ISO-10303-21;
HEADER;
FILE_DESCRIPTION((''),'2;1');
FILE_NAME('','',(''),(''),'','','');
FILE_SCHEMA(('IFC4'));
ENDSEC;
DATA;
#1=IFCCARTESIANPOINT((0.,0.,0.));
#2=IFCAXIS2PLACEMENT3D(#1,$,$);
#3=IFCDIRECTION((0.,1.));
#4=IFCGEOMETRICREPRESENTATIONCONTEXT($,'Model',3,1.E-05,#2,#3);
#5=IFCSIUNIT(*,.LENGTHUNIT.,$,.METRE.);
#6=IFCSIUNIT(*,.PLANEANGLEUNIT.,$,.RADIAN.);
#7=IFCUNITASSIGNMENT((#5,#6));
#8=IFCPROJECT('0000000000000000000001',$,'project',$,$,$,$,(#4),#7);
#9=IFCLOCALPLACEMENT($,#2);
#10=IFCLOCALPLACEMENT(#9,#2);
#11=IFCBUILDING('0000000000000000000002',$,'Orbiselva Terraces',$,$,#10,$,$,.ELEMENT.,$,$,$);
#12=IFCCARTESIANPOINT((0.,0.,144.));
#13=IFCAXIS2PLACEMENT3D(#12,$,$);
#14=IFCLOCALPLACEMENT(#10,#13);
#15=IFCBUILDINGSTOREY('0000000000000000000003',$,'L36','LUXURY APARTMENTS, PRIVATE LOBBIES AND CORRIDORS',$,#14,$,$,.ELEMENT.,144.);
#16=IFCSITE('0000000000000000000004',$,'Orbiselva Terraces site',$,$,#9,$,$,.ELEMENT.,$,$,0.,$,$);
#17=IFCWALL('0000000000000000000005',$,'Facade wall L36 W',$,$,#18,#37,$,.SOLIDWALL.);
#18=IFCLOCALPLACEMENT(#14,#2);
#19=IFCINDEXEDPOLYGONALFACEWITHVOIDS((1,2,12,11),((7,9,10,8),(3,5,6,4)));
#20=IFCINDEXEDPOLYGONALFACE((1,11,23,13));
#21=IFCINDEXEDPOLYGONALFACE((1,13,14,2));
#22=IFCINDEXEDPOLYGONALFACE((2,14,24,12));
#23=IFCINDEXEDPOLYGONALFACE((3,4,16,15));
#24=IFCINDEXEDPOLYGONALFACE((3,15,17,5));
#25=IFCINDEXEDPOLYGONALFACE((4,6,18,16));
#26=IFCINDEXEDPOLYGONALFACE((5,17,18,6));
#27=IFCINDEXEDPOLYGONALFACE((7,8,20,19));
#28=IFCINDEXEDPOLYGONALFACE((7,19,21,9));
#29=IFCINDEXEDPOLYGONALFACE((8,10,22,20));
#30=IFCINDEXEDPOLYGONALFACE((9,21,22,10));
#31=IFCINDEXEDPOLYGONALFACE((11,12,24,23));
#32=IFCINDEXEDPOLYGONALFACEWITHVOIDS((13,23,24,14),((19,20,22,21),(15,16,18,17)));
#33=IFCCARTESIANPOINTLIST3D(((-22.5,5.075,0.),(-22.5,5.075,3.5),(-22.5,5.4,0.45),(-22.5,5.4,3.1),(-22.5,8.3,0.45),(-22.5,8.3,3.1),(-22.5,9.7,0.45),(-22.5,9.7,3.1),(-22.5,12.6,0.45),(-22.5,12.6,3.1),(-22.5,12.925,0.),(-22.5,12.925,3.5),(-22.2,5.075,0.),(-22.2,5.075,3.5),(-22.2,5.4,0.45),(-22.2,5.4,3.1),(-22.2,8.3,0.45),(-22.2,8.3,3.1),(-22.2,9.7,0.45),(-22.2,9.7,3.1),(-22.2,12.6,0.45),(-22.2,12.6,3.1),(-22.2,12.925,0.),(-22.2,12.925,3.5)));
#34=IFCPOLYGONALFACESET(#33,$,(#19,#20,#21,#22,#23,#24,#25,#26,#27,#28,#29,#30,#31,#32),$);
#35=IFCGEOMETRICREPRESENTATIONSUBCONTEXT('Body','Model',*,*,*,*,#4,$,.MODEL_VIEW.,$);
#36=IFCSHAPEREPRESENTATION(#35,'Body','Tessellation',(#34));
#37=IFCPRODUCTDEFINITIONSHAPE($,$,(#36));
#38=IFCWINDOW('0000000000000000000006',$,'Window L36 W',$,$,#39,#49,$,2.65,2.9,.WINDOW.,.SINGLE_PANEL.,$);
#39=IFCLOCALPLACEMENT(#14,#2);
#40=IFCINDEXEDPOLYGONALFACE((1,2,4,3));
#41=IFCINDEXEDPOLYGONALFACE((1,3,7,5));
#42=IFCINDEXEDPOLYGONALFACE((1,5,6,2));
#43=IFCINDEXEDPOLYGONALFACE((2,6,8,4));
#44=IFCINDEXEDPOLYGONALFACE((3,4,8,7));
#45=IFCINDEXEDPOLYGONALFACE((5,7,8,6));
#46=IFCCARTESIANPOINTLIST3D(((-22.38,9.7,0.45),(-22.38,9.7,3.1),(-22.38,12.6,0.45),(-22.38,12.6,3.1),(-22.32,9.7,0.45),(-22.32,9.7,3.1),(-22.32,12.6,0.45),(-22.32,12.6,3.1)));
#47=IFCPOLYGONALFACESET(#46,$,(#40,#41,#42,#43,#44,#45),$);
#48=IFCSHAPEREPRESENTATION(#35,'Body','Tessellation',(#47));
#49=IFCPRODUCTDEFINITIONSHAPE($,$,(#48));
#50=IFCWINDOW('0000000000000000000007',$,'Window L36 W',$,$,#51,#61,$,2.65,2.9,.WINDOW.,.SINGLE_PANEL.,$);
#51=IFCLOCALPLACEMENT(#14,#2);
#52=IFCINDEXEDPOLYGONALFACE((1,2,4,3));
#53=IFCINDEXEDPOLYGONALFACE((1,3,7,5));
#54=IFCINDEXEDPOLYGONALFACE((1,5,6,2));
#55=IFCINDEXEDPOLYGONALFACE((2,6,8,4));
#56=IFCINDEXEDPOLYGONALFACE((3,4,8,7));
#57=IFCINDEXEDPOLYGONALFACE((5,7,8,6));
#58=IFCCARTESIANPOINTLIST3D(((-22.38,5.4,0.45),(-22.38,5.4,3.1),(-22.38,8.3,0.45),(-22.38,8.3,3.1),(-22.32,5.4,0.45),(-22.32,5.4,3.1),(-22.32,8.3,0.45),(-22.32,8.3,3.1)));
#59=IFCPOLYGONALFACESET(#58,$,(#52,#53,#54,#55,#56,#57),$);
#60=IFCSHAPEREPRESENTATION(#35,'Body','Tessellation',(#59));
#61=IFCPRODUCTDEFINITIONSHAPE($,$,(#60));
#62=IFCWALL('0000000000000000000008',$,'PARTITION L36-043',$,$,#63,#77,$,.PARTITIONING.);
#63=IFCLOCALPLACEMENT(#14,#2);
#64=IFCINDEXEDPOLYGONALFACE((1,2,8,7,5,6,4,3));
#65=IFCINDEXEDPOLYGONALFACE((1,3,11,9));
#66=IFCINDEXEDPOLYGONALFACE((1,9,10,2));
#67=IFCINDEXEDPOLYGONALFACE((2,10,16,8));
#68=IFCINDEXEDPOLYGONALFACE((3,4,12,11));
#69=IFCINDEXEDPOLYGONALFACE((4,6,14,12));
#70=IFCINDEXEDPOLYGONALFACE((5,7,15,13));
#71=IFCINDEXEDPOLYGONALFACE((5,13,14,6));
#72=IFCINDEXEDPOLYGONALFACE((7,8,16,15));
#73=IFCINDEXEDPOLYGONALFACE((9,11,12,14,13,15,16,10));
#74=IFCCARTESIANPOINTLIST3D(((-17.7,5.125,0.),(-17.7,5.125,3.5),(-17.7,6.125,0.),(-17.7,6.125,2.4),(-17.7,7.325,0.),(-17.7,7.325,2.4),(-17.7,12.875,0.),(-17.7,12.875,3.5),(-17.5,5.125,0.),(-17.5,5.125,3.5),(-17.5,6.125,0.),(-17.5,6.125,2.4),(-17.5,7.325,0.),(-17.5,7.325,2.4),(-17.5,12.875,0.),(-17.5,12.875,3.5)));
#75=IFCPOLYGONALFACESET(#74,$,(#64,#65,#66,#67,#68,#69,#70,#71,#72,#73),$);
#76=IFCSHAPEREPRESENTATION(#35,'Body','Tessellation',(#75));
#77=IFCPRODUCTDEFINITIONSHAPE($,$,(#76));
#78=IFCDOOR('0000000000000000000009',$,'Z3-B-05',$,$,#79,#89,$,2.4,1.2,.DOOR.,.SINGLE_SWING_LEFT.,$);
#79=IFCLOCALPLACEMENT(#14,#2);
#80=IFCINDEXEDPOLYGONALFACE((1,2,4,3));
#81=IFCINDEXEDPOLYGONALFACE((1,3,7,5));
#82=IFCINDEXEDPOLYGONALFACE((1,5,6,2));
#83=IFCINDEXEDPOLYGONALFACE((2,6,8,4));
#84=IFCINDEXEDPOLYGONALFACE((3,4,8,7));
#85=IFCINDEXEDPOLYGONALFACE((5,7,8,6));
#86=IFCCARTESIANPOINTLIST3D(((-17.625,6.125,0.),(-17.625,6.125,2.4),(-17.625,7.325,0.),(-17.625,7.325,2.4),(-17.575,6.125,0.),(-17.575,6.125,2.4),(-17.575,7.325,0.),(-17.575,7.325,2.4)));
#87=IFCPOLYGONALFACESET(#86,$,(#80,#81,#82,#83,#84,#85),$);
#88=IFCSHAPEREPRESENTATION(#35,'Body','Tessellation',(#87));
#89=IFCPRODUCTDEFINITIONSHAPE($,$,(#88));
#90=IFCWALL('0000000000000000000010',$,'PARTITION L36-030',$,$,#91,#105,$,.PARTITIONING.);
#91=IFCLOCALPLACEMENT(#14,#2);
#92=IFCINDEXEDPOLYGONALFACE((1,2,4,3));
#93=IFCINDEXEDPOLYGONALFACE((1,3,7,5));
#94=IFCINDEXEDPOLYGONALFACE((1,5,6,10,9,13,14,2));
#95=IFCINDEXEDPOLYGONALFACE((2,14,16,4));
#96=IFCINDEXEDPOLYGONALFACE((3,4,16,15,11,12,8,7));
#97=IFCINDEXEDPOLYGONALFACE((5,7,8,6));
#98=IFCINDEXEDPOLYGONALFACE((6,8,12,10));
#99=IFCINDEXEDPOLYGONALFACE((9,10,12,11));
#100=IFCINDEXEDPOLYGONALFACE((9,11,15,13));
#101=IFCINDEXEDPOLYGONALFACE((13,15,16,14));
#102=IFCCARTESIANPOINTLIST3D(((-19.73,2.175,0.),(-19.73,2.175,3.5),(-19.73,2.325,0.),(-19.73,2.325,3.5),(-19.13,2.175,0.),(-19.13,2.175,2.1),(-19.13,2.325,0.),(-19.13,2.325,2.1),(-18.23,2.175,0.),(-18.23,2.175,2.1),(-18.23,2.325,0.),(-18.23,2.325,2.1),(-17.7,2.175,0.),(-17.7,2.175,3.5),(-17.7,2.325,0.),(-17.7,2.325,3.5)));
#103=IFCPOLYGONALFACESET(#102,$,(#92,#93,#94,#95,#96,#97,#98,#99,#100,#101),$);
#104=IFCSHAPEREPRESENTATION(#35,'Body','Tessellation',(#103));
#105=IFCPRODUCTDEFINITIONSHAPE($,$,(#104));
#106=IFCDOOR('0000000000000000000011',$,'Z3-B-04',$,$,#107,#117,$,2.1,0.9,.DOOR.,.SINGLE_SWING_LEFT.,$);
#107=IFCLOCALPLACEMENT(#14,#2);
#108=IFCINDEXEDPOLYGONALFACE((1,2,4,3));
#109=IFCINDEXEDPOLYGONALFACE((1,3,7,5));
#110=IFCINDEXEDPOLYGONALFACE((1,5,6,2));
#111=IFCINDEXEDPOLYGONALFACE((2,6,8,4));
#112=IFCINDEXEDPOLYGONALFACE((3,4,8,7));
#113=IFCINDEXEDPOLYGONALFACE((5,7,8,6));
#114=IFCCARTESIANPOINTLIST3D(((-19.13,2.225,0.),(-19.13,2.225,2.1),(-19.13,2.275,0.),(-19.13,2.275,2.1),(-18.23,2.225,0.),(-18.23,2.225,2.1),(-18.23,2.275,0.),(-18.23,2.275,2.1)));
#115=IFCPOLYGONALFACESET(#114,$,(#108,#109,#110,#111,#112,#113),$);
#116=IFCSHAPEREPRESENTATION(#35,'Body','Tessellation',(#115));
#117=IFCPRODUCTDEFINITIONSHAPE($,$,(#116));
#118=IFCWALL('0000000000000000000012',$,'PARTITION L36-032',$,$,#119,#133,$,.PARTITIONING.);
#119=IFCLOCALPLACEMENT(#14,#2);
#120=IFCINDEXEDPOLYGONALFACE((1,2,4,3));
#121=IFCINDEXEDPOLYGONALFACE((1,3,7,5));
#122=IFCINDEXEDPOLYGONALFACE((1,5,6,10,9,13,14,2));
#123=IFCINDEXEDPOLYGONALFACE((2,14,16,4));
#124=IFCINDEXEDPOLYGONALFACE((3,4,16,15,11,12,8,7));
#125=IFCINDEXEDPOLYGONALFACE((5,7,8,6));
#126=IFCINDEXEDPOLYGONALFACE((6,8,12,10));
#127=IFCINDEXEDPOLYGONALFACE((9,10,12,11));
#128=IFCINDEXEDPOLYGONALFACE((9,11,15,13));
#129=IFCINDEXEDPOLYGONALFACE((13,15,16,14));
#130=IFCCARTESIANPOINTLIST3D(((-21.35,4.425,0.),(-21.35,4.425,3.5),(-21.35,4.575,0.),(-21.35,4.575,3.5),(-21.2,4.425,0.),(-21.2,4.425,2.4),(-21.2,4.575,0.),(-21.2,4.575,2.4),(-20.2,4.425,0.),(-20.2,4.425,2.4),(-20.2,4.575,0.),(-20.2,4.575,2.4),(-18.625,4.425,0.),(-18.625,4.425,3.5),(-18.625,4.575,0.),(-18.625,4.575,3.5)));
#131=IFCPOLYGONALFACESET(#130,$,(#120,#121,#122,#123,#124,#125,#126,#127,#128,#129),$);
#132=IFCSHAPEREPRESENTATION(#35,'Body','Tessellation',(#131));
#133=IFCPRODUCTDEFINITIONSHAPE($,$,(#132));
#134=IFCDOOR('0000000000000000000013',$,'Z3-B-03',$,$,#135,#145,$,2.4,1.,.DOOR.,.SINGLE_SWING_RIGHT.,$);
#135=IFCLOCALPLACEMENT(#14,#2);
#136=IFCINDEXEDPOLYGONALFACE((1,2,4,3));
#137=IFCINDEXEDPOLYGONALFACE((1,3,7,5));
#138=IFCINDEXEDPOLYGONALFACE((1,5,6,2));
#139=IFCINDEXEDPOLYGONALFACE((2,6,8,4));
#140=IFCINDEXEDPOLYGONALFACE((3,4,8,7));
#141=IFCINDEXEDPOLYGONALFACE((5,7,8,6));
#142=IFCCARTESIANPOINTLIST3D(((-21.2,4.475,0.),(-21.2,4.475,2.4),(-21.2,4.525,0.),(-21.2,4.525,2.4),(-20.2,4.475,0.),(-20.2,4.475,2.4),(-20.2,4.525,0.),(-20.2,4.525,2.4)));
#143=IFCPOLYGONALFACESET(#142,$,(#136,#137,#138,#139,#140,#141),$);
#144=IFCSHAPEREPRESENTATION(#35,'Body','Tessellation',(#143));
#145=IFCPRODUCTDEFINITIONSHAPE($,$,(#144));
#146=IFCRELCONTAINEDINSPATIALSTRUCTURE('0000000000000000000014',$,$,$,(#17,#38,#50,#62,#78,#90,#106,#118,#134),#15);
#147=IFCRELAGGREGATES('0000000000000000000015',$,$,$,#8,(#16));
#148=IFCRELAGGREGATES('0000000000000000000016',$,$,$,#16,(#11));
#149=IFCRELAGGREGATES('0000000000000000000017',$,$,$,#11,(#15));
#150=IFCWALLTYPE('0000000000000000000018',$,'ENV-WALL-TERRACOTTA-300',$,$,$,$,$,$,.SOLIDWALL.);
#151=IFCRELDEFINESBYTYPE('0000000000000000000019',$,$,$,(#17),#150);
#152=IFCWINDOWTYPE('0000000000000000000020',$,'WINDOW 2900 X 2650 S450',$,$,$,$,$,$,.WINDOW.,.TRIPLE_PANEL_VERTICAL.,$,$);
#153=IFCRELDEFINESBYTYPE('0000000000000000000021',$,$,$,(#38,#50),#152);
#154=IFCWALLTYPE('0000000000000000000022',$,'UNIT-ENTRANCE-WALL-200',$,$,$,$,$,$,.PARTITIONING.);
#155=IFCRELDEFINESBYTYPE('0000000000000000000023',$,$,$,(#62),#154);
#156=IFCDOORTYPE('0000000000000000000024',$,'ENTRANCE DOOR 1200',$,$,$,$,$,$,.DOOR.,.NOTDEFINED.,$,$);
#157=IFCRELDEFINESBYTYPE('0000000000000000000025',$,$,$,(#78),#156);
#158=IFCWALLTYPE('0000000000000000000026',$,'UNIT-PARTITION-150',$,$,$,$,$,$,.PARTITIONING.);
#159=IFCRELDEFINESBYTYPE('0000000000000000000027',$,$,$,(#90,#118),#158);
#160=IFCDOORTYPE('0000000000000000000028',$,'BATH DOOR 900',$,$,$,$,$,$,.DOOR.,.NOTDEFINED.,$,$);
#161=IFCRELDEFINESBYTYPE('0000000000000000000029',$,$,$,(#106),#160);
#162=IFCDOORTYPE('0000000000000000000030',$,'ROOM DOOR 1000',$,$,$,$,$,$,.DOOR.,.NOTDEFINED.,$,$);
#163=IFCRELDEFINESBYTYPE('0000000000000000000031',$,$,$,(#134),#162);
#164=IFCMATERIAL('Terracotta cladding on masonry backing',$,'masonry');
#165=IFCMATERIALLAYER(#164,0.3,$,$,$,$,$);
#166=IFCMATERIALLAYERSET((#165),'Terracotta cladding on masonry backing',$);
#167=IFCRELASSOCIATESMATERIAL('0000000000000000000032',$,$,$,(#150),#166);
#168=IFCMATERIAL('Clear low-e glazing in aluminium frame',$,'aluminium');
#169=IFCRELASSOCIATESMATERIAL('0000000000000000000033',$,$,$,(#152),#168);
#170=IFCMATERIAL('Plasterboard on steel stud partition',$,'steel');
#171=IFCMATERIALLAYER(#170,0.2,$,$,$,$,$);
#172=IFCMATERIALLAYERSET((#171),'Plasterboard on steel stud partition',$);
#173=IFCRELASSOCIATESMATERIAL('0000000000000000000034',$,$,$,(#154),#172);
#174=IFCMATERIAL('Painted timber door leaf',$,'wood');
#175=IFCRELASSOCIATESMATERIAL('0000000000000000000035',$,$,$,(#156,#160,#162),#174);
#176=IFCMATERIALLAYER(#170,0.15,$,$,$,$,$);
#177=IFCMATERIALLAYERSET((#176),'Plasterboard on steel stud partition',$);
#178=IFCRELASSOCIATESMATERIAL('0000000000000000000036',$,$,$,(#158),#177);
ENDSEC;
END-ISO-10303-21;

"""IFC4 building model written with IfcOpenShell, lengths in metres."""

from ifc_helpers import new_model, si_unit, direction, frame, frame_2d, origin, place, context, subcontext, project, spatial, rectangle, extrude, material, layer, layer_set, type_object, element, fill, save


model = new_model("IFC4")

# Units and contexts
model_context = context("Model", 3, precision=1e-05, world=origin(), true_north=direction((0.0, 1.0)))
body_context = subcontext(model_context, "Body", "Model", "MODEL_VIEW")
ifc_project = project(units=[si_unit("LENGTHUNIT", "METRE"), si_unit("PLANEANGLEUNIT", "RADIAN")], contexts=[model_context])

# Site, building, storey
site_placement = place(None, origin())
site = spatial("IfcSite", under=ifc_project, at=site_placement, Name="Orbiselva Terraces site", CompositionType="ELEMENT", RefElevation=0.0)
building_placement = place(site_placement, origin())
building = spatial("IfcBuilding", under=site, at=building_placement, Name="Orbiselva Terraces", CompositionType="ELEMENT")
storey_placement = place(building_placement, frame((0.0, 0.0, 144.0)))
storey = spatial("IfcBuildingStorey", under=building, at=storey_placement, Name="L36", Description="LUXURY APARTMENTS, PRIVATE LOBBIES AND CORRIDORS", CompositionType="ELEMENT", Elevation=144.0)

# Wall, openings, windows
ifc_material_1 = material(Name="Terracotta cladding on masonry backing", Category="masonry")
ifc_layer_1 = layer(ifc_material_1, 0.3)
ifc_layer_set_1 = layer_set([ifc_layer_1], Name="Terracotta cladding on masonry backing")
wall_type_1 = type_object("IfcWallType", Name="ENV-WALL-TERRACOTTA-300", PredefinedType="SOLIDWALL", material=ifc_layer_set_1)
wall_1_placement = place(storey_placement, frame((-22.35, 5.075, 0.0), z_axis=(0.0, 0.0, 1.0), x_axis=(0.0, 1.0, 0.0)))
wall_1 = element("IfcWall", 1, at=wall_1_placement, inside=storey, type_object=wall_type_1, Name="Facade wall L36 W", PredefinedType="SOLIDWALL", context=body_context, shape_type="SweptSolid", body=[
    extrude(rectangle(XDim=7.85, YDim=0.3, at=frame_2d((3.925, 0.0))), origin(), (0.0, 0.0, 1.0), 3.5),
])
opening_1_placement = place(wall_1_placement, frame((4.625, 0.0, 0.45)))
opening_1 = element("IfcOpeningElement", 2, at=opening_1_placement, cuts=wall_1, PredefinedType="OPENING", context=body_context, shape_type="SweptSolid", body=[
    extrude(rectangle(XDim=2.9, YDim=2.65, at=frame_2d((1.45, 1.325))), frame((0.0, 0.16, 0.0), z_axis=(0.0, -1.0, 0.0), x_axis=(1.0, 0.0, 0.0)), (0.0, 0.0, 1.0), 0.32),
])
opening_2_placement = place(wall_1_placement, frame((0.325, 0.0, 0.45)))
opening_2 = element("IfcOpeningElement", 3, at=opening_2_placement, cuts=wall_1, PredefinedType="OPENING", context=body_context, shape_type="SweptSolid", body=[
    extrude(rectangle(XDim=2.9, YDim=2.65, at=frame_2d((1.45, 1.325))), frame((0.0, 0.16, 0.0), z_axis=(0.0, -1.0, 0.0), x_axis=(1.0, 0.0, 0.0)), (0.0, 0.0, 1.0), 0.32),
])
ifc_material_2 = material(Name="Clear low-e glazing in aluminium frame", Category="aluminium")
window_type = type_object("IfcWindowType", Name="WINDOW 2900 X 2650 S450", PartitioningType="TRIPLE_PANEL_VERTICAL", PredefinedType="WINDOW", material=ifc_material_2)
window_1_placement = place(opening_1_placement, origin())
window_1 = element("IfcWindow", 4, at=window_1_placement, inside=storey, type_object=window_type, Name="Window L36 W", OverallHeight=2.65, OverallWidth=2.9, PartitioningType="SINGLE_PANEL", PredefinedType="WINDOW", context=body_context, shape_type="SweptSolid", body=[
    extrude(rectangle(XDim=2.9, YDim=2.65, at=frame_2d((1.45, 1.325))), frame((0.0, 0.03, 0.0), z_axis=(0.0, -1.0, 0.0), x_axis=(1.0, 0.0, 0.0)), (0.0, 0.0, 1.0), 0.06),
])
fill(opening_1, window_1)
window_2_placement = place(opening_2_placement, origin())
window_2 = element("IfcWindow", 5, at=window_2_placement, inside=storey, type_object=window_type, Name="Window L36 W", OverallHeight=2.65, OverallWidth=2.9, PartitioningType="SINGLE_PANEL", PredefinedType="WINDOW", context=body_context, shape_type="SweptSolid", body=[
    extrude(rectangle(XDim=2.9, YDim=2.65, at=frame_2d((1.45, 1.325))), frame((0.0, 0.03, 0.0), z_axis=(0.0, -1.0, 0.0), x_axis=(1.0, 0.0, 0.0)), (0.0, 0.0, 1.0), 0.06),
])
fill(opening_2, window_2)

# Walls, openings, doors
ifc_material_3 = material(Name="Plasterboard on steel stud partition", Category="steel")
ifc_layer_2 = layer(ifc_material_3, 0.2)
ifc_layer_set_2 = layer_set([ifc_layer_2], Name="Plasterboard on steel stud partition")
wall_type_2 = type_object("IfcWallType", Name="UNIT-ENTRANCE-WALL-200", PredefinedType="PARTITIONING", material=ifc_layer_set_2)
wall_2_placement = place(storey_placement, frame((-17.6, 5.125, 0.0), z_axis=(0.0, 0.0, 1.0), x_axis=(0.0, 1.0, 0.0)))
wall_2 = element("IfcWall", 6, at=wall_2_placement, inside=storey, type_object=wall_type_2, Name="PARTITION L36-043", PredefinedType="PARTITIONING", context=body_context, shape_type="SweptSolid", body=[
    extrude(rectangle(XDim=7.75, YDim=0.2, at=frame_2d((3.875, 0.0))), origin(), (0.0, 0.0, 1.0), 3.5),
])
opening_3_placement = place(wall_2_placement, frame((1.0, 0.0, 0.0)))
opening_3 = element("IfcOpeningElement", 7, at=opening_3_placement, cuts=wall_2, PredefinedType="OPENING", context=body_context, shape_type="SweptSolid", body=[
    extrude(rectangle(XDim=1.2, YDim=2.4, at=frame_2d((0.6, 1.2))), frame((0.0, 0.11, 0.0), z_axis=(0.0, -1.0, 0.0), x_axis=(1.0, 0.0, 0.0)), (0.0, 0.0, 1.0), 0.22),
])
ifc_material_4 = material(Name="Painted timber door leaf", Category="wood")
door_type_1 = type_object("IfcDoorType", Name="ENTRANCE DOOR 1200", OperationType="NOTDEFINED", PredefinedType="DOOR", material=ifc_material_4)
door_1_placement = place(opening_3_placement, origin())
door_1 = element("IfcDoor", 8, at=door_1_placement, inside=storey, type_object=door_type_1, Name="Z3-B-05", OperationType="SINGLE_SWING_LEFT", OverallHeight=2.4, OverallWidth=1.2, PredefinedType="DOOR", context=body_context, shape_type="SweptSolid", body=[
    extrude(rectangle(XDim=1.2, YDim=2.4, at=frame_2d((0.6, 1.2))), frame((0.0, 0.025, 0.0), z_axis=(0.0, -1.0, 0.0), x_axis=(1.0, 0.0, 0.0)), (0.0, 0.0, 1.0), 0.05),
])
fill(opening_3, door_1)
ifc_layer_3 = layer(ifc_material_3, 0.15)
ifc_layer_set_3 = layer_set([ifc_layer_3], Name="Plasterboard on steel stud partition")
wall_type_3 = type_object("IfcWallType", Name="UNIT-PARTITION-150", PredefinedType="PARTITIONING", material=ifc_layer_set_3)
wall_3_placement = place(storey_placement, frame((-17.7, 2.25, 0.0), z_axis=(0.0, 0.0, 1.0), x_axis=(-1.0, 0.0, 0.0)))
wall_3 = element("IfcWall", 9, at=wall_3_placement, inside=storey, type_object=wall_type_3, Name="PARTITION L36-030", PredefinedType="PARTITIONING", context=body_context, shape_type="SweptSolid", body=[
    extrude(rectangle(XDim=2.03, YDim=0.15, at=frame_2d((1.015, 0.0))), origin(), (0.0, 0.0, 1.0), 3.5),
])
opening_4_placement = place(wall_3_placement, frame((0.53, 0.0, 0.0)))
opening_4 = element("IfcOpeningElement", 10, at=opening_4_placement, cuts=wall_3, PredefinedType="OPENING", context=body_context, shape_type="SweptSolid", body=[
    extrude(rectangle(XDim=0.9, YDim=2.1, at=frame_2d((0.45, 1.05))), frame((0.0, 0.085, 0.0), z_axis=(0.0, -1.0, 0.0), x_axis=(1.0, 0.0, 0.0)), (0.0, 0.0, 1.0), 0.17),
])
door_type_2 = type_object("IfcDoorType", Name="BATH DOOR 900", OperationType="NOTDEFINED", PredefinedType="DOOR", material=ifc_material_4)
door_2_placement = place(opening_4_placement, origin())
door_2 = element("IfcDoor", 11, at=door_2_placement, inside=storey, type_object=door_type_2, Name="Z3-B-04", OperationType="SINGLE_SWING_LEFT", OverallHeight=2.1, OverallWidth=0.9, PredefinedType="DOOR", context=body_context, shape_type="SweptSolid", body=[
    extrude(rectangle(XDim=0.9, YDim=2.1, at=frame_2d((0.45, 1.05))), frame((0.0, 0.025, 0.0), z_axis=(0.0, -1.0, 0.0), x_axis=(1.0, 0.0, 0.0)), (0.0, 0.0, 1.0), 0.05),
])
fill(opening_4, door_2)
wall_4_placement = place(storey_placement, frame((-18.625, 4.5, 0.0), z_axis=(0.0, 0.0, 1.0), x_axis=(-1.0, 0.0, 0.0)))
wall_4 = element("IfcWall", 12, at=wall_4_placement, inside=storey, type_object=wall_type_3, Name="PARTITION L36-032", PredefinedType="PARTITIONING", context=body_context, shape_type="SweptSolid", body=[
    extrude(rectangle(XDim=2.725, YDim=0.15, at=frame_2d((1.3625, 0.0))), origin(), (0.0, 0.0, 1.0), 3.5),
])
opening_5_placement = place(wall_4_placement, frame((1.575, 0.0, 0.0)))
opening_5 = element("IfcOpeningElement", 13, at=opening_5_placement, cuts=wall_4, PredefinedType="OPENING", context=body_context, shape_type="SweptSolid", body=[
    extrude(rectangle(XDim=1.0, YDim=2.4, at=frame_2d((0.5, 1.2))), frame((0.0, 0.085, 0.0), z_axis=(0.0, -1.0, 0.0), x_axis=(1.0, 0.0, 0.0)), (0.0, 0.0, 1.0), 0.17),
])
door_type_3 = type_object("IfcDoorType", Name="ROOM DOOR 1000", OperationType="NOTDEFINED", PredefinedType="DOOR", material=ifc_material_4)
door_3_placement = place(opening_5_placement, origin())
door_3 = element("IfcDoor", 14, at=door_3_placement, inside=storey, type_object=door_type_3, Name="Z3-B-03", OperationType="SINGLE_SWING_RIGHT", OverallHeight=2.4, OverallWidth=1.0, PredefinedType="DOOR", context=body_context, shape_type="SweptSolid", body=[
    extrude(rectangle(XDim=1.0, YDim=2.4, at=frame_2d((0.5, 1.2))), frame((0.0, 0.025, 0.0), z_axis=(0.0, -1.0, 0.0), x_axis=(1.0, 0.0, 0.0)), (0.0, 0.0, 1.0), 0.05),
])
fill(opening_5, door_3)

save(model, "model.ifc")
